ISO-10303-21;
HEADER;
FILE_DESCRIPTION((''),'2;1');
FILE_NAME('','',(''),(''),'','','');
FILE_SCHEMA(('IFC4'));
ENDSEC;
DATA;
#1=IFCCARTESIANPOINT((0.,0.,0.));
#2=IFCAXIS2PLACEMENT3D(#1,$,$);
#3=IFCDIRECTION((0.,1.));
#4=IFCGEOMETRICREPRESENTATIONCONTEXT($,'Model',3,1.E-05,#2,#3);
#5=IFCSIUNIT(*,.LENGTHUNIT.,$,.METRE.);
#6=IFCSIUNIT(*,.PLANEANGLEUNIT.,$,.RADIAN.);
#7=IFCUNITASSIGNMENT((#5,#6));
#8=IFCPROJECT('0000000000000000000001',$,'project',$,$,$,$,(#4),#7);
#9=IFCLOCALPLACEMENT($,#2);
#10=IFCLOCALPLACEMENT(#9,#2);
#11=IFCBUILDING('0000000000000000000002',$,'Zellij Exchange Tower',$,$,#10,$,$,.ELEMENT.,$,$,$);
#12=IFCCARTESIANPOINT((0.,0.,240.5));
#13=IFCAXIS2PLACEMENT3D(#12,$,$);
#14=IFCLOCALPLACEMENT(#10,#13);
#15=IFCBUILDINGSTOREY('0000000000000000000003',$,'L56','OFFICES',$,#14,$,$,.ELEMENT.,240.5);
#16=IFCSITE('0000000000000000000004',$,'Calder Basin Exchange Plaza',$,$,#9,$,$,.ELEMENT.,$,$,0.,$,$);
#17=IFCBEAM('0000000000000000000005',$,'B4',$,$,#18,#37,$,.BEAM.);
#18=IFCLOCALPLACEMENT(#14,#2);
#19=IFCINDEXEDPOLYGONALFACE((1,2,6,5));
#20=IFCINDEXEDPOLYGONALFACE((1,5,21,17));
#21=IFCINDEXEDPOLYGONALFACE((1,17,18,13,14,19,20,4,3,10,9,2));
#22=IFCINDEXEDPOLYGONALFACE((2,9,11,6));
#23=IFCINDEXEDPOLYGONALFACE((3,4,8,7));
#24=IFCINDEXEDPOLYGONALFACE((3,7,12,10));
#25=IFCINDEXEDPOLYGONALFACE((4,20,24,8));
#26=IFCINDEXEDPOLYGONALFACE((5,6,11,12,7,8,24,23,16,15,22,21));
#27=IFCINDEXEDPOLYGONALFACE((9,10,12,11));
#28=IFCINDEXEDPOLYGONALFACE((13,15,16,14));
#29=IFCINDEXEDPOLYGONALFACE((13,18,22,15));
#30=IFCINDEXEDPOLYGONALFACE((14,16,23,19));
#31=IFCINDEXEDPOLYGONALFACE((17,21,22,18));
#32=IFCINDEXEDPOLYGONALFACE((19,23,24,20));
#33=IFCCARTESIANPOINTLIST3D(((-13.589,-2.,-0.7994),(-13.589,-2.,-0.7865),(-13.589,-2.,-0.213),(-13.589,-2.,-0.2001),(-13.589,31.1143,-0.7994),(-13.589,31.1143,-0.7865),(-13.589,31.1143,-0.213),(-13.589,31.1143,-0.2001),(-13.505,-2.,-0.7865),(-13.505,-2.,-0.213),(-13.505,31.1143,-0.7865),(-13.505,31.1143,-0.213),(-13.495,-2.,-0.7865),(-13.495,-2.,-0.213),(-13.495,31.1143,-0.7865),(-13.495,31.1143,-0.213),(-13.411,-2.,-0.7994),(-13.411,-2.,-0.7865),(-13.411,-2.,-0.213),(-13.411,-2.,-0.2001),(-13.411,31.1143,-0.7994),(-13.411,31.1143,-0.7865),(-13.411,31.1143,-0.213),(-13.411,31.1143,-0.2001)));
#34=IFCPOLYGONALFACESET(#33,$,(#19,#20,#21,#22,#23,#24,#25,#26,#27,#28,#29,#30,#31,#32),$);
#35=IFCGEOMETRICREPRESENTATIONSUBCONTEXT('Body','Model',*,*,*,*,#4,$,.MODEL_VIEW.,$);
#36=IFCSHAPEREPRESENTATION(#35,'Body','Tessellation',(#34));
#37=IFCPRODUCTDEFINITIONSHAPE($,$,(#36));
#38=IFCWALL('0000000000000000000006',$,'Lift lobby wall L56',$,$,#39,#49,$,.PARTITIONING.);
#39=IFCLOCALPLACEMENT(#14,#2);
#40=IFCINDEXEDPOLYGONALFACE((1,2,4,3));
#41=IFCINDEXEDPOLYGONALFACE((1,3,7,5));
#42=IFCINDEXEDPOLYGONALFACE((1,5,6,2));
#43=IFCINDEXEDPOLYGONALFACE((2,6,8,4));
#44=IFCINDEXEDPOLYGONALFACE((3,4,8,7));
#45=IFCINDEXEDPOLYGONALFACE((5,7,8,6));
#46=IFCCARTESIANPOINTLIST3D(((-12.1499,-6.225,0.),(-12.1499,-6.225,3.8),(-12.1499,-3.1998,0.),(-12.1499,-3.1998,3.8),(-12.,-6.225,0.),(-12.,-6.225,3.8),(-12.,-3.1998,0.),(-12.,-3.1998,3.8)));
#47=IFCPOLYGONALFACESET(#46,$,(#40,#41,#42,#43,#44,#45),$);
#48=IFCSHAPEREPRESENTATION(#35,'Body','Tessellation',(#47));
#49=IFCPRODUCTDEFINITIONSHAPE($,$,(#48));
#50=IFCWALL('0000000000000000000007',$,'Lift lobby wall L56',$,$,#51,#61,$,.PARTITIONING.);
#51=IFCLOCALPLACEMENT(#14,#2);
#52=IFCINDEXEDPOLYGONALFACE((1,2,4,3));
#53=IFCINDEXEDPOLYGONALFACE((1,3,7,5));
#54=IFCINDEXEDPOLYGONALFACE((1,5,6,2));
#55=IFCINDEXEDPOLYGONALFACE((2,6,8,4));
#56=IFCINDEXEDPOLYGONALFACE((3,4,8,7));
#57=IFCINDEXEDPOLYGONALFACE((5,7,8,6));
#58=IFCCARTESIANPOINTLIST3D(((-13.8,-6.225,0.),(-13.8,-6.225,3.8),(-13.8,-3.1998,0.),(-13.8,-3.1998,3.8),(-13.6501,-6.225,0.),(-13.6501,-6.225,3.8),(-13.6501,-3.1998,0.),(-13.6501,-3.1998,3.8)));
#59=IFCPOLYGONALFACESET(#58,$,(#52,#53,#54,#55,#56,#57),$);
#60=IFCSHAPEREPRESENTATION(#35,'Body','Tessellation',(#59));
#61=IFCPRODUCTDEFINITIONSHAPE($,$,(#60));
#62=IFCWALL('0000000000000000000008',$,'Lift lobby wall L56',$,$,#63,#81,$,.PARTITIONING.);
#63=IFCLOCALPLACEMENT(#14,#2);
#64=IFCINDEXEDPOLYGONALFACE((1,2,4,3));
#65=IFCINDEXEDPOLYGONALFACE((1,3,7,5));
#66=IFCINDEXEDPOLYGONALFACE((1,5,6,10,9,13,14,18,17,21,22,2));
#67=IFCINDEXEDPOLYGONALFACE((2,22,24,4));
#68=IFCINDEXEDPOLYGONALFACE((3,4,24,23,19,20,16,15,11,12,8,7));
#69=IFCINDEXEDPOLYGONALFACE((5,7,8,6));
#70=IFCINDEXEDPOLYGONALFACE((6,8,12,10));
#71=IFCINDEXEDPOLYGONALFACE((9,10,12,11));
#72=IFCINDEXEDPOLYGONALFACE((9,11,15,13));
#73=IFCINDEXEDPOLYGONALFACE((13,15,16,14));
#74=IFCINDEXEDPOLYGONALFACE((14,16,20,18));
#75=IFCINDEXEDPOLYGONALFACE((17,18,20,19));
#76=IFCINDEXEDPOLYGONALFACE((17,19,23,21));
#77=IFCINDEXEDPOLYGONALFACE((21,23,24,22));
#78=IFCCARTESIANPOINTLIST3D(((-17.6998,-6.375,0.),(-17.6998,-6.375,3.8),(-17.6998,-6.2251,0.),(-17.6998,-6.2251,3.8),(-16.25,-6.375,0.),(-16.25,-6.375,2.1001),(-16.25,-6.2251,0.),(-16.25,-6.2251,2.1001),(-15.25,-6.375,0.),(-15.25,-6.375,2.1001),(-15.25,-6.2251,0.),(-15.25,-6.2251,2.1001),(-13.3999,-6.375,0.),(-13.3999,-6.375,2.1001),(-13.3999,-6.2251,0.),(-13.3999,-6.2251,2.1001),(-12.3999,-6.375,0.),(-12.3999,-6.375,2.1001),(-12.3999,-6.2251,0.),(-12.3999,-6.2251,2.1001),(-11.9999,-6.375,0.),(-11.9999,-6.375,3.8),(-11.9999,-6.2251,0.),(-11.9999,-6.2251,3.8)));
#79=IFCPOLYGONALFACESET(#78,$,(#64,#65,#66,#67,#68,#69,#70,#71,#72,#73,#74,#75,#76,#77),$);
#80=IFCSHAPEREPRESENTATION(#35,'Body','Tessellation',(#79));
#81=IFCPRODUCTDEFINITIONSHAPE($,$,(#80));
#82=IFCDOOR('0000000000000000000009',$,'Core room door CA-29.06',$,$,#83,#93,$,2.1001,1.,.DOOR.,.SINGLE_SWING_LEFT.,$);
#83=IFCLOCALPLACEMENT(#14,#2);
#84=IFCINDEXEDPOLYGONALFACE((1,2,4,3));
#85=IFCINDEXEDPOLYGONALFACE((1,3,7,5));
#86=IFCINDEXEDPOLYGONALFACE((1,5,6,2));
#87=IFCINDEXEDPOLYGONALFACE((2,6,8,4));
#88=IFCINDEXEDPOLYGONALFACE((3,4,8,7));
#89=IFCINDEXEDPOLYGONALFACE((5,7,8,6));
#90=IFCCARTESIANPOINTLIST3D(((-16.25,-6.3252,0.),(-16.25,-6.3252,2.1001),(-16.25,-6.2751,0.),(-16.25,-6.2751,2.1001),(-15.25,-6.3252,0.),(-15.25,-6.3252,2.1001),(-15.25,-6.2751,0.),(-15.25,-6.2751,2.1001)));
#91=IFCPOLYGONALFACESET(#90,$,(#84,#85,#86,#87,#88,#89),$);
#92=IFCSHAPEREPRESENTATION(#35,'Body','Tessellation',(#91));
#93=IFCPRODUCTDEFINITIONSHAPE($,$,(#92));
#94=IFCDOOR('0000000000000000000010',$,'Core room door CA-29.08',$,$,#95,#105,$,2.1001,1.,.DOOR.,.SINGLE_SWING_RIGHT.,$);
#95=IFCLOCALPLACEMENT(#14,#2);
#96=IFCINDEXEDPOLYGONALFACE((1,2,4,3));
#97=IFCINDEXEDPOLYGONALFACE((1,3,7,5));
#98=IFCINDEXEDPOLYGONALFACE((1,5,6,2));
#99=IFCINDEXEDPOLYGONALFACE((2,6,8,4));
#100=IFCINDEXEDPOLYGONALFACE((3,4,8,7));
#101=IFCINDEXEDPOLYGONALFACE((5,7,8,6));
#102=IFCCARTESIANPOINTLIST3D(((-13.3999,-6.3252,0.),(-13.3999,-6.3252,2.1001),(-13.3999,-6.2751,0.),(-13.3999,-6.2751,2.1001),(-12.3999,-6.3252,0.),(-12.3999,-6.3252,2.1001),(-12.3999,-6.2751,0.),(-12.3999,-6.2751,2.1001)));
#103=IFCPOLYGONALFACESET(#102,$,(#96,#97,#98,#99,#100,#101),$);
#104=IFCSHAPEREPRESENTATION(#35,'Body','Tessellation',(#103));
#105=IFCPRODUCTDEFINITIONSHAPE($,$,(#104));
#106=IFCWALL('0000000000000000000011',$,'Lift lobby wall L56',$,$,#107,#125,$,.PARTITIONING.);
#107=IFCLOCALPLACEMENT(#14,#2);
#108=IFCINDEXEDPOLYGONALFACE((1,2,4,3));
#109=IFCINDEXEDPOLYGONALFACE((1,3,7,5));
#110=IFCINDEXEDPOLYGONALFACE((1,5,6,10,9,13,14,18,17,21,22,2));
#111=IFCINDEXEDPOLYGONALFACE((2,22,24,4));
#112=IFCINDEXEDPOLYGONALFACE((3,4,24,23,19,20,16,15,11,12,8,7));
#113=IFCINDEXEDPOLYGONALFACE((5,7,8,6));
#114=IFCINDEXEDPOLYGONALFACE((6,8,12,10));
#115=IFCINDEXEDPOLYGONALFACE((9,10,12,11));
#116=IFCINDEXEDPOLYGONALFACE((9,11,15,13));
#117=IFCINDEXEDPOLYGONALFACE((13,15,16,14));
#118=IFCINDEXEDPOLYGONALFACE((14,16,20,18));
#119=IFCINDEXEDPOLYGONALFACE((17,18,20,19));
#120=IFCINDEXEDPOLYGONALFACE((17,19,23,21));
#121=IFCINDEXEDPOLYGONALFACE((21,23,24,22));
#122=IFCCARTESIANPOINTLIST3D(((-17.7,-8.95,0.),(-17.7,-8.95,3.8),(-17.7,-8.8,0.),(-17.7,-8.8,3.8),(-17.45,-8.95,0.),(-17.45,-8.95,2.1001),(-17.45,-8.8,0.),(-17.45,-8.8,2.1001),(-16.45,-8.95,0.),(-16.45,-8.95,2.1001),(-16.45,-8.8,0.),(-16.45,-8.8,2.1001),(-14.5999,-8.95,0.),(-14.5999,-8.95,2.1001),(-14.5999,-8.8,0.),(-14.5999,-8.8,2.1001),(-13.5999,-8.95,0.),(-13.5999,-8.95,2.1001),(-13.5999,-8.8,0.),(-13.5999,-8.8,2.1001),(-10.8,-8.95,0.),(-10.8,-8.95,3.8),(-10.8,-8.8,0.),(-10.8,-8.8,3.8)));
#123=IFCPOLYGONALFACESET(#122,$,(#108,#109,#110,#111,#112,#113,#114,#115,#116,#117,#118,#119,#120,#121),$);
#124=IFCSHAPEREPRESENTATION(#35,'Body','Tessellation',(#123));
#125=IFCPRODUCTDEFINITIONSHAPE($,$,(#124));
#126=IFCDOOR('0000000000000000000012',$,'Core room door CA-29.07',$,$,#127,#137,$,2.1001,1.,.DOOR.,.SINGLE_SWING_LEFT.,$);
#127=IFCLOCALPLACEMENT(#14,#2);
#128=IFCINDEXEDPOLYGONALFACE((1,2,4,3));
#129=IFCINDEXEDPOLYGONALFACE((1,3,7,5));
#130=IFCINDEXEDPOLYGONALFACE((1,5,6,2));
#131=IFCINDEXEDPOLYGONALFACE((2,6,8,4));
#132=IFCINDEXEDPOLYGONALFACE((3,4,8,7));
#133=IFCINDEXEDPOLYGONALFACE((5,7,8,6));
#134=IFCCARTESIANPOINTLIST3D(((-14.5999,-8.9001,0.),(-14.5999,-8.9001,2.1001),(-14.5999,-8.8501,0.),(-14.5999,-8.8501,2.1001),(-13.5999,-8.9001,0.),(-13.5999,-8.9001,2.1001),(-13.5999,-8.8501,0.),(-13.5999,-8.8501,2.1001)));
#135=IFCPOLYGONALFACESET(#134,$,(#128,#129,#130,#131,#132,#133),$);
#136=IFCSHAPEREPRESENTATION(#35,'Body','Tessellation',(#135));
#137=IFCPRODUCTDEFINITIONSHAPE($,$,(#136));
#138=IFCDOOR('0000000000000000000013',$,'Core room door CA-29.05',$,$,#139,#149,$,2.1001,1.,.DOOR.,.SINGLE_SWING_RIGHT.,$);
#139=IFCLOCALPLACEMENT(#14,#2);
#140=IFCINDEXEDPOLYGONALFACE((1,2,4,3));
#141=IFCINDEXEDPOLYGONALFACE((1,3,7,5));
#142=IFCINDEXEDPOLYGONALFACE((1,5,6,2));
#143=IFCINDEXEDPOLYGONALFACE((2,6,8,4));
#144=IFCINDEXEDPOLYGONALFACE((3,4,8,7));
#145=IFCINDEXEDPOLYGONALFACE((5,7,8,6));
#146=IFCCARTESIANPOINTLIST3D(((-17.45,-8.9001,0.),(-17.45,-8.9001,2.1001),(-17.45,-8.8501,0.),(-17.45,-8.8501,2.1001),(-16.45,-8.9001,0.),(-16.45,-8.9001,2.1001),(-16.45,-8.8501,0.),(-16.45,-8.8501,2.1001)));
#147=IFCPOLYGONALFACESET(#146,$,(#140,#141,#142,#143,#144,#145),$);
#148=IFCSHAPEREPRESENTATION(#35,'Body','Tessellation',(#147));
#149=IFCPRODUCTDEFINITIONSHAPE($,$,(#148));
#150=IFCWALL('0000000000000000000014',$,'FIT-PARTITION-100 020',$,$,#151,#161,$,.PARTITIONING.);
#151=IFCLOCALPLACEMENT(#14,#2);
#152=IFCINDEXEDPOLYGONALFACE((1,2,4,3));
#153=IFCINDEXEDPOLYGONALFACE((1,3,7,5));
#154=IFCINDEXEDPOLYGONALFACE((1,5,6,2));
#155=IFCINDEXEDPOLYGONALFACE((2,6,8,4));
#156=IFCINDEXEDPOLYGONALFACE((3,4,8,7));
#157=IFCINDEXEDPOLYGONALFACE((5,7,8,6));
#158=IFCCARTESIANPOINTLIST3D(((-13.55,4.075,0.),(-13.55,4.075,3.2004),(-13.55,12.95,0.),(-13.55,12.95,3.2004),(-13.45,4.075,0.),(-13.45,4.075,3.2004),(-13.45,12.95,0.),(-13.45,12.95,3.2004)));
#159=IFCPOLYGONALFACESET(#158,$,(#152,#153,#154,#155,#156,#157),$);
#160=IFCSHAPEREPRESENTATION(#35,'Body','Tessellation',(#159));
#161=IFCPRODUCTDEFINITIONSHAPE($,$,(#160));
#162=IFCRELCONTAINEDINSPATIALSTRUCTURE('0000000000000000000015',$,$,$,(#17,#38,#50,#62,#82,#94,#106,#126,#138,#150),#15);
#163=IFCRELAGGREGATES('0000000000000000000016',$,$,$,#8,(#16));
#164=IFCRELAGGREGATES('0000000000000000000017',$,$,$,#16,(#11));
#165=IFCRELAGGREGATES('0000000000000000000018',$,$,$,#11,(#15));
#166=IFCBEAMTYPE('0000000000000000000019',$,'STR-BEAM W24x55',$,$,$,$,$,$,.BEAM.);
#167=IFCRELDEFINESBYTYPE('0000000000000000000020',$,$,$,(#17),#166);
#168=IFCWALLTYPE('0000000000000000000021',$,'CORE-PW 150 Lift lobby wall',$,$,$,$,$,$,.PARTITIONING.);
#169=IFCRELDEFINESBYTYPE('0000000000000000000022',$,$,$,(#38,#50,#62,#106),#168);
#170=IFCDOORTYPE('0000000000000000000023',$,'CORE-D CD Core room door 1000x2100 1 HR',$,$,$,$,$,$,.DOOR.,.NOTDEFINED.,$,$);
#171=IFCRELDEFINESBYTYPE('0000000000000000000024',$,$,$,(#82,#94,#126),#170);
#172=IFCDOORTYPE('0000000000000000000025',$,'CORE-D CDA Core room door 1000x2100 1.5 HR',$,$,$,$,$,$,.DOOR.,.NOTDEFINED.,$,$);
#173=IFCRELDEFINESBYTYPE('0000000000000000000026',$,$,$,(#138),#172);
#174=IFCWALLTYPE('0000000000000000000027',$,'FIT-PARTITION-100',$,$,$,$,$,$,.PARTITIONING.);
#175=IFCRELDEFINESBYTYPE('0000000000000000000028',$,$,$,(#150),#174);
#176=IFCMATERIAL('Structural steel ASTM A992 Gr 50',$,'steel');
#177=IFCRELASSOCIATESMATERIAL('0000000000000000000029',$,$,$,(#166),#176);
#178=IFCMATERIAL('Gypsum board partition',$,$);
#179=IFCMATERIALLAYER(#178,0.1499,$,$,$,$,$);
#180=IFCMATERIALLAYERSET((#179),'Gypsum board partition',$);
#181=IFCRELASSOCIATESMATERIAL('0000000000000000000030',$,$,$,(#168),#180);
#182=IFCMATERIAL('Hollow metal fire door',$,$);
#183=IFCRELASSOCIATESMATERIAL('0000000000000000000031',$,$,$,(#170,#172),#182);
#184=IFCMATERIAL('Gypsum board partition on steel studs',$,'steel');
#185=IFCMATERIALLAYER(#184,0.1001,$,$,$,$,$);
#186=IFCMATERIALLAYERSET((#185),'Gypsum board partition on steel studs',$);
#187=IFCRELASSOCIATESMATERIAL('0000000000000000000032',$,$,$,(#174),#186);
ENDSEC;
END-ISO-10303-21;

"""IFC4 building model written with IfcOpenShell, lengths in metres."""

from ifc_helpers import new_model, si_unit, direction, frame, frame_2d, origin, origin_2d, place, context, subcontext, project, spatial, rectangle, i_section, extrude, material, layer, layer_set, material_profile, profile_set, type_object, element, fill, save


model = new_model("IFC4")

# Units and contexts
model_context = context("Model", 3, precision=1e-05, world=origin(), true_north=direction((0.0, 1.0)))
body_context = subcontext(model_context, "Body", "Model", "MODEL_VIEW")
ifc_project = project(units=[si_unit("LENGTHUNIT", "METRE"), si_unit("PLANEANGLEUNIT", "RADIAN")], contexts=[model_context])

# Site, building, storey
site_placement = place(None, origin())
site = spatial("IfcSite", under=ifc_project, at=site_placement, Name="Calder Basin Exchange Plaza", CompositionType="ELEMENT", RefElevation=0.0)
building_placement = place(site_placement, origin())
building = spatial("IfcBuilding", under=site, at=building_placement, Name="Zellij Exchange Tower", CompositionType="ELEMENT")
storey_placement = place(building_placement, frame((0.0, 0.0, 240.5)))
storey = spatial("IfcBuildingStorey", under=building, at=storey_placement, Name="L56", Description="OFFICES", CompositionType="ELEMENT", Elevation=240.5)

# Beam
ifc_material_1 = material(Name="Structural steel ASTM A992 Gr 50", Category="steel")
ifc_material_profile = material_profile(ifc_material_1, i_section(OverallWidth=0.178, OverallDepth=0.5994, WebThickness=0.01, FlangeThickness=0.0129, at=origin_2d()), Name="W24x55")
ifc_profile_set = profile_set([ifc_material_profile], Name="Structural steel ASTM A992 Gr 50")
beam_type = type_object("IfcBeamType", Name="STR-BEAM W24x55", PredefinedType="BEAM", material=ifc_profile_set)
beam_placement = place(storey_placement, frame((-13.5, -2.0, -0.4998), z_axis=(0.0, 1.0, 0.0), x_axis=(-1.0, 0.0, 0.0)))
element("IfcBeam", 1, at=beam_placement, inside=storey, type_object=beam_type, Name="B4", PredefinedType="BEAM", context=body_context, shape_type="SweptSolid", body=[
    extrude(i_section(OverallWidth=0.178, OverallDepth=0.5994, WebThickness=0.01, FlangeThickness=0.0129, at=origin_2d()), origin(), (0.0, 0.0, 1.0), 33.1143),
])

# Walls
ifc_material_2 = material(Name="Gypsum board partition")
ifc_layer_1 = layer(ifc_material_2, 0.1499)
ifc_layer_set_1 = layer_set([ifc_layer_1], Name="Gypsum board partition")
wall_type_1 = type_object("IfcWallType", Name="CORE-PW 150 Lift lobby wall", PredefinedType="PARTITIONING", material=ifc_layer_set_1)
for number, where, z_axis, x_axis, name in (
    (2, (-12.075, -6.2251, 0.0), (0.0, 0.0, 1.0), (0.0, 1.0, 0.0), "Lift lobby wall L56"),
    (3, (-13.7251, -6.2251, 0.0), (0.0, 0.0, 1.0), (0.0, 1.0, 0.0), "Lift lobby wall L56"),
):
    element("IfcWall", number, at=place(storey_placement, frame(where, z_axis=z_axis, x_axis=x_axis)), inside=storey, type_object=wall_type_1, Name=name, PredefinedType="PARTITIONING", context=body_context, shape_type="SweptSolid", body=[
        extrude(rectangle(XDim=3.0251, YDim=0.1499, at=frame_2d((1.5127, 0.0))), origin(), (0.0, 0.0, 1.0), 3.8),
    ])

# Walls, openings, doors
wall_1_placement = place(storey_placement, frame((-17.7, -6.3, 0.0), z_axis=(0.0, 0.0, 1.0), x_axis=(1.0, 0.0, 0.0)))
wall_1 = element("IfcWall", 4, at=wall_1_placement, inside=storey, type_object=wall_type_1, Name="Lift lobby wall L56", PredefinedType="PARTITIONING", context=body_context, shape_type="SweptSolid", body=[
    extrude(rectangle(XDim=5.7, YDim=0.1499, at=frame_2d((2.8501, 0.0))), origin(), (0.0, 0.0, 1.0), 3.8),
])
opening_1_placement = place(wall_1_placement, frame((1.45, 0.0, 0.0)))
opening_1 = element("IfcOpeningElement", 5, at=opening_1_placement, cuts=wall_1, PredefinedType="OPENING", context=body_context, shape_type="SweptSolid", body=[
    extrude(rectangle(XDim=1.0, YDim=2.1001, at=frame_2d((0.5, 1.05))), frame((0.0, 0.0869, 0.0), z_axis=(0.0, -1.0, 0.0), x_axis=(1.0, 0.0, 0.0)), (0.0, 0.0, 1.0), 0.1738),
])
opening_2_placement = place(wall_1_placement, frame((4.3, 0.0, 0.0)))
opening_2 = element("IfcOpeningElement", 6, at=opening_2_placement, cuts=wall_1, PredefinedType="OPENING", context=body_context, shape_type="SweptSolid", body=[
    extrude(rectangle(XDim=1.0, YDim=2.1001, at=frame_2d((0.5, 1.05))), frame((0.0, 0.0869, 0.0), z_axis=(0.0, -1.0, 0.0), x_axis=(1.0, 0.0, 0.0)), (0.0, 0.0, 1.0), 0.1738),
])
ifc_material_3 = material(Name="Hollow metal fire door")
door_type_1 = type_object("IfcDoorType", Name="CORE-D CD Core room door 1000x2100 1 HR", OperationType="NOTDEFINED", PredefinedType="DOOR", material=ifc_material_3)
door_1_placement = place(opening_1_placement, origin())
door_1 = element("IfcDoor", 7, at=door_1_placement, inside=storey, type_object=door_type_1, Name="Core room door CA-29.06", OperationType="SINGLE_SWING_LEFT", OverallHeight=2.1001, OverallWidth=1.0, PredefinedType="DOOR", context=body_context, shape_type="SweptSolid", body=[
    extrude(rectangle(XDim=1.0, YDim=2.1001, at=frame_2d((0.5, 1.05))), frame((0.0, 0.0249, 0.0), z_axis=(0.0, -1.0, 0.0), x_axis=(1.0, 0.0, 0.0)), (0.0, 0.0, 1.0), 0.05),
])
fill(opening_1, door_1)
door_2_placement = place(opening_2_placement, origin())
door_2 = element("IfcDoor", 8, at=door_2_placement, inside=storey, type_object=door_type_1, Name="Core room door CA-29.08", OperationType="SINGLE_SWING_RIGHT", OverallHeight=2.1001, OverallWidth=1.0, PredefinedType="DOOR", context=body_context, shape_type="SweptSolid", body=[
    extrude(rectangle(XDim=1.0, YDim=2.1001, at=frame_2d((0.5, 1.05))), frame((0.0, 0.0249, 0.0), z_axis=(0.0, -1.0, 0.0), x_axis=(1.0, 0.0, 0.0)), (0.0, 0.0, 1.0), 0.05),
])
fill(opening_2, door_2)
wall_2_placement = place(storey_placement, frame((-17.7, -8.875, 0.0), z_axis=(0.0, 0.0, 1.0), x_axis=(1.0, 0.0, 0.0)))
wall_2 = element("IfcWall", 9, at=wall_2_placement, inside=storey, type_object=wall_type_1, Name="Lift lobby wall L56", PredefinedType="PARTITIONING", context=body_context, shape_type="SweptSolid", body=[
    extrude(rectangle(XDim=6.8999, YDim=0.1499, at=frame_2d((3.45, 0.0))), origin(), (0.0, 0.0, 1.0), 3.8),
])
opening_3_placement = place(wall_2_placement, frame((0.25, 0.0, 0.0)))
opening_3 = element("IfcOpeningElement", 10, at=opening_3_placement, cuts=wall_2, PredefinedType="OPENING", context=body_context, shape_type="SweptSolid", body=[
    extrude(rectangle(XDim=1.0, YDim=2.1001, at=frame_2d((0.5, 1.05))), frame((0.0, 0.0869, 0.0), z_axis=(0.0, -1.0, 0.0), x_axis=(1.0, 0.0, 0.0)), (0.0, 0.0, 1.0), 0.1738),
])
opening_4_placement = place(wall_2_placement, frame((3.1001, 0.0, 0.0)))
opening_4 = element("IfcOpeningElement", 11, at=opening_4_placement, cuts=wall_2, PredefinedType="OPENING", context=body_context, shape_type="SweptSolid", body=[
    extrude(rectangle(XDim=1.0, YDim=2.1001, at=frame_2d((0.5, 1.05))), frame((0.0, 0.0869, 0.0), z_axis=(0.0, -1.0, 0.0), x_axis=(1.0, 0.0, 0.0)), (0.0, 0.0, 1.0), 0.1738),
])
door_3_placement = place(opening_4_placement, origin())
door_3 = element("IfcDoor", 12, at=door_3_placement, inside=storey, type_object=door_type_1, Name="Core room door CA-29.07", OperationType="SINGLE_SWING_LEFT", OverallHeight=2.1001, OverallWidth=1.0, PredefinedType="DOOR", context=body_context, shape_type="SweptSolid", body=[
    extrude(rectangle(XDim=1.0, YDim=2.1001, at=frame_2d((0.5, 1.05))), frame((0.0, 0.0249, 0.0), z_axis=(0.0, -1.0, 0.0), x_axis=(1.0, 0.0, 0.0)), (0.0, 0.0, 1.0), 0.05),
])
fill(opening_4, door_3)
door_type_2 = type_object("IfcDoorType", Name="CORE-D CDA Core room door 1000x2100 1.5 HR", OperationType="NOTDEFINED", PredefinedType="DOOR", material=ifc_material_3)
door_4_placement = place(opening_3_placement, origin())
door_4 = element("IfcDoor", 13, at=door_4_placement, inside=storey, type_object=door_type_2, Name="Core room door CA-29.05", OperationType="SINGLE_SWING_RIGHT", OverallHeight=2.1001, OverallWidth=1.0, PredefinedType="DOOR", context=body_context, shape_type="SweptSolid", body=[
    extrude(rectangle(XDim=1.0, YDim=2.1001, at=frame_2d((0.5, 1.05))), frame((0.0, 0.0249, 0.0), z_axis=(0.0, -1.0, 0.0), x_axis=(1.0, 0.0, 0.0)), (0.0, 0.0, 1.0), 0.05),
])
fill(opening_3, door_4)

# Wall
ifc_material_4 = material(Name="Gypsum board partition on steel studs", Category="steel")
ifc_layer_2 = layer(ifc_material_4, 0.1001)
ifc_layer_set_2 = layer_set([ifc_layer_2], Name="Gypsum board partition on steel studs")
wall_type_2 = type_object("IfcWallType", Name="FIT-PARTITION-100", PredefinedType="PARTITIONING", material=ifc_layer_set_2)
wall_3_placement = place(storey_placement, frame((-13.5, 4.075, 0.0), z_axis=(0.0, 0.0, 1.0), x_axis=(0.0, 1.0, 0.0)))
element("IfcWall", 14, at=wall_3_placement, inside=storey, type_object=wall_type_2, Name="FIT-PARTITION-100 020", PredefinedType="PARTITIONING", context=body_context, shape_type="SweptSolid", body=[
    extrude(rectangle(XDim=8.875, YDim=0.1001, at=frame_2d((4.4375, 0.0))), origin(), (0.0, 0.0, 1.0), 3.2004),
])

save(model, "model.ifc")
